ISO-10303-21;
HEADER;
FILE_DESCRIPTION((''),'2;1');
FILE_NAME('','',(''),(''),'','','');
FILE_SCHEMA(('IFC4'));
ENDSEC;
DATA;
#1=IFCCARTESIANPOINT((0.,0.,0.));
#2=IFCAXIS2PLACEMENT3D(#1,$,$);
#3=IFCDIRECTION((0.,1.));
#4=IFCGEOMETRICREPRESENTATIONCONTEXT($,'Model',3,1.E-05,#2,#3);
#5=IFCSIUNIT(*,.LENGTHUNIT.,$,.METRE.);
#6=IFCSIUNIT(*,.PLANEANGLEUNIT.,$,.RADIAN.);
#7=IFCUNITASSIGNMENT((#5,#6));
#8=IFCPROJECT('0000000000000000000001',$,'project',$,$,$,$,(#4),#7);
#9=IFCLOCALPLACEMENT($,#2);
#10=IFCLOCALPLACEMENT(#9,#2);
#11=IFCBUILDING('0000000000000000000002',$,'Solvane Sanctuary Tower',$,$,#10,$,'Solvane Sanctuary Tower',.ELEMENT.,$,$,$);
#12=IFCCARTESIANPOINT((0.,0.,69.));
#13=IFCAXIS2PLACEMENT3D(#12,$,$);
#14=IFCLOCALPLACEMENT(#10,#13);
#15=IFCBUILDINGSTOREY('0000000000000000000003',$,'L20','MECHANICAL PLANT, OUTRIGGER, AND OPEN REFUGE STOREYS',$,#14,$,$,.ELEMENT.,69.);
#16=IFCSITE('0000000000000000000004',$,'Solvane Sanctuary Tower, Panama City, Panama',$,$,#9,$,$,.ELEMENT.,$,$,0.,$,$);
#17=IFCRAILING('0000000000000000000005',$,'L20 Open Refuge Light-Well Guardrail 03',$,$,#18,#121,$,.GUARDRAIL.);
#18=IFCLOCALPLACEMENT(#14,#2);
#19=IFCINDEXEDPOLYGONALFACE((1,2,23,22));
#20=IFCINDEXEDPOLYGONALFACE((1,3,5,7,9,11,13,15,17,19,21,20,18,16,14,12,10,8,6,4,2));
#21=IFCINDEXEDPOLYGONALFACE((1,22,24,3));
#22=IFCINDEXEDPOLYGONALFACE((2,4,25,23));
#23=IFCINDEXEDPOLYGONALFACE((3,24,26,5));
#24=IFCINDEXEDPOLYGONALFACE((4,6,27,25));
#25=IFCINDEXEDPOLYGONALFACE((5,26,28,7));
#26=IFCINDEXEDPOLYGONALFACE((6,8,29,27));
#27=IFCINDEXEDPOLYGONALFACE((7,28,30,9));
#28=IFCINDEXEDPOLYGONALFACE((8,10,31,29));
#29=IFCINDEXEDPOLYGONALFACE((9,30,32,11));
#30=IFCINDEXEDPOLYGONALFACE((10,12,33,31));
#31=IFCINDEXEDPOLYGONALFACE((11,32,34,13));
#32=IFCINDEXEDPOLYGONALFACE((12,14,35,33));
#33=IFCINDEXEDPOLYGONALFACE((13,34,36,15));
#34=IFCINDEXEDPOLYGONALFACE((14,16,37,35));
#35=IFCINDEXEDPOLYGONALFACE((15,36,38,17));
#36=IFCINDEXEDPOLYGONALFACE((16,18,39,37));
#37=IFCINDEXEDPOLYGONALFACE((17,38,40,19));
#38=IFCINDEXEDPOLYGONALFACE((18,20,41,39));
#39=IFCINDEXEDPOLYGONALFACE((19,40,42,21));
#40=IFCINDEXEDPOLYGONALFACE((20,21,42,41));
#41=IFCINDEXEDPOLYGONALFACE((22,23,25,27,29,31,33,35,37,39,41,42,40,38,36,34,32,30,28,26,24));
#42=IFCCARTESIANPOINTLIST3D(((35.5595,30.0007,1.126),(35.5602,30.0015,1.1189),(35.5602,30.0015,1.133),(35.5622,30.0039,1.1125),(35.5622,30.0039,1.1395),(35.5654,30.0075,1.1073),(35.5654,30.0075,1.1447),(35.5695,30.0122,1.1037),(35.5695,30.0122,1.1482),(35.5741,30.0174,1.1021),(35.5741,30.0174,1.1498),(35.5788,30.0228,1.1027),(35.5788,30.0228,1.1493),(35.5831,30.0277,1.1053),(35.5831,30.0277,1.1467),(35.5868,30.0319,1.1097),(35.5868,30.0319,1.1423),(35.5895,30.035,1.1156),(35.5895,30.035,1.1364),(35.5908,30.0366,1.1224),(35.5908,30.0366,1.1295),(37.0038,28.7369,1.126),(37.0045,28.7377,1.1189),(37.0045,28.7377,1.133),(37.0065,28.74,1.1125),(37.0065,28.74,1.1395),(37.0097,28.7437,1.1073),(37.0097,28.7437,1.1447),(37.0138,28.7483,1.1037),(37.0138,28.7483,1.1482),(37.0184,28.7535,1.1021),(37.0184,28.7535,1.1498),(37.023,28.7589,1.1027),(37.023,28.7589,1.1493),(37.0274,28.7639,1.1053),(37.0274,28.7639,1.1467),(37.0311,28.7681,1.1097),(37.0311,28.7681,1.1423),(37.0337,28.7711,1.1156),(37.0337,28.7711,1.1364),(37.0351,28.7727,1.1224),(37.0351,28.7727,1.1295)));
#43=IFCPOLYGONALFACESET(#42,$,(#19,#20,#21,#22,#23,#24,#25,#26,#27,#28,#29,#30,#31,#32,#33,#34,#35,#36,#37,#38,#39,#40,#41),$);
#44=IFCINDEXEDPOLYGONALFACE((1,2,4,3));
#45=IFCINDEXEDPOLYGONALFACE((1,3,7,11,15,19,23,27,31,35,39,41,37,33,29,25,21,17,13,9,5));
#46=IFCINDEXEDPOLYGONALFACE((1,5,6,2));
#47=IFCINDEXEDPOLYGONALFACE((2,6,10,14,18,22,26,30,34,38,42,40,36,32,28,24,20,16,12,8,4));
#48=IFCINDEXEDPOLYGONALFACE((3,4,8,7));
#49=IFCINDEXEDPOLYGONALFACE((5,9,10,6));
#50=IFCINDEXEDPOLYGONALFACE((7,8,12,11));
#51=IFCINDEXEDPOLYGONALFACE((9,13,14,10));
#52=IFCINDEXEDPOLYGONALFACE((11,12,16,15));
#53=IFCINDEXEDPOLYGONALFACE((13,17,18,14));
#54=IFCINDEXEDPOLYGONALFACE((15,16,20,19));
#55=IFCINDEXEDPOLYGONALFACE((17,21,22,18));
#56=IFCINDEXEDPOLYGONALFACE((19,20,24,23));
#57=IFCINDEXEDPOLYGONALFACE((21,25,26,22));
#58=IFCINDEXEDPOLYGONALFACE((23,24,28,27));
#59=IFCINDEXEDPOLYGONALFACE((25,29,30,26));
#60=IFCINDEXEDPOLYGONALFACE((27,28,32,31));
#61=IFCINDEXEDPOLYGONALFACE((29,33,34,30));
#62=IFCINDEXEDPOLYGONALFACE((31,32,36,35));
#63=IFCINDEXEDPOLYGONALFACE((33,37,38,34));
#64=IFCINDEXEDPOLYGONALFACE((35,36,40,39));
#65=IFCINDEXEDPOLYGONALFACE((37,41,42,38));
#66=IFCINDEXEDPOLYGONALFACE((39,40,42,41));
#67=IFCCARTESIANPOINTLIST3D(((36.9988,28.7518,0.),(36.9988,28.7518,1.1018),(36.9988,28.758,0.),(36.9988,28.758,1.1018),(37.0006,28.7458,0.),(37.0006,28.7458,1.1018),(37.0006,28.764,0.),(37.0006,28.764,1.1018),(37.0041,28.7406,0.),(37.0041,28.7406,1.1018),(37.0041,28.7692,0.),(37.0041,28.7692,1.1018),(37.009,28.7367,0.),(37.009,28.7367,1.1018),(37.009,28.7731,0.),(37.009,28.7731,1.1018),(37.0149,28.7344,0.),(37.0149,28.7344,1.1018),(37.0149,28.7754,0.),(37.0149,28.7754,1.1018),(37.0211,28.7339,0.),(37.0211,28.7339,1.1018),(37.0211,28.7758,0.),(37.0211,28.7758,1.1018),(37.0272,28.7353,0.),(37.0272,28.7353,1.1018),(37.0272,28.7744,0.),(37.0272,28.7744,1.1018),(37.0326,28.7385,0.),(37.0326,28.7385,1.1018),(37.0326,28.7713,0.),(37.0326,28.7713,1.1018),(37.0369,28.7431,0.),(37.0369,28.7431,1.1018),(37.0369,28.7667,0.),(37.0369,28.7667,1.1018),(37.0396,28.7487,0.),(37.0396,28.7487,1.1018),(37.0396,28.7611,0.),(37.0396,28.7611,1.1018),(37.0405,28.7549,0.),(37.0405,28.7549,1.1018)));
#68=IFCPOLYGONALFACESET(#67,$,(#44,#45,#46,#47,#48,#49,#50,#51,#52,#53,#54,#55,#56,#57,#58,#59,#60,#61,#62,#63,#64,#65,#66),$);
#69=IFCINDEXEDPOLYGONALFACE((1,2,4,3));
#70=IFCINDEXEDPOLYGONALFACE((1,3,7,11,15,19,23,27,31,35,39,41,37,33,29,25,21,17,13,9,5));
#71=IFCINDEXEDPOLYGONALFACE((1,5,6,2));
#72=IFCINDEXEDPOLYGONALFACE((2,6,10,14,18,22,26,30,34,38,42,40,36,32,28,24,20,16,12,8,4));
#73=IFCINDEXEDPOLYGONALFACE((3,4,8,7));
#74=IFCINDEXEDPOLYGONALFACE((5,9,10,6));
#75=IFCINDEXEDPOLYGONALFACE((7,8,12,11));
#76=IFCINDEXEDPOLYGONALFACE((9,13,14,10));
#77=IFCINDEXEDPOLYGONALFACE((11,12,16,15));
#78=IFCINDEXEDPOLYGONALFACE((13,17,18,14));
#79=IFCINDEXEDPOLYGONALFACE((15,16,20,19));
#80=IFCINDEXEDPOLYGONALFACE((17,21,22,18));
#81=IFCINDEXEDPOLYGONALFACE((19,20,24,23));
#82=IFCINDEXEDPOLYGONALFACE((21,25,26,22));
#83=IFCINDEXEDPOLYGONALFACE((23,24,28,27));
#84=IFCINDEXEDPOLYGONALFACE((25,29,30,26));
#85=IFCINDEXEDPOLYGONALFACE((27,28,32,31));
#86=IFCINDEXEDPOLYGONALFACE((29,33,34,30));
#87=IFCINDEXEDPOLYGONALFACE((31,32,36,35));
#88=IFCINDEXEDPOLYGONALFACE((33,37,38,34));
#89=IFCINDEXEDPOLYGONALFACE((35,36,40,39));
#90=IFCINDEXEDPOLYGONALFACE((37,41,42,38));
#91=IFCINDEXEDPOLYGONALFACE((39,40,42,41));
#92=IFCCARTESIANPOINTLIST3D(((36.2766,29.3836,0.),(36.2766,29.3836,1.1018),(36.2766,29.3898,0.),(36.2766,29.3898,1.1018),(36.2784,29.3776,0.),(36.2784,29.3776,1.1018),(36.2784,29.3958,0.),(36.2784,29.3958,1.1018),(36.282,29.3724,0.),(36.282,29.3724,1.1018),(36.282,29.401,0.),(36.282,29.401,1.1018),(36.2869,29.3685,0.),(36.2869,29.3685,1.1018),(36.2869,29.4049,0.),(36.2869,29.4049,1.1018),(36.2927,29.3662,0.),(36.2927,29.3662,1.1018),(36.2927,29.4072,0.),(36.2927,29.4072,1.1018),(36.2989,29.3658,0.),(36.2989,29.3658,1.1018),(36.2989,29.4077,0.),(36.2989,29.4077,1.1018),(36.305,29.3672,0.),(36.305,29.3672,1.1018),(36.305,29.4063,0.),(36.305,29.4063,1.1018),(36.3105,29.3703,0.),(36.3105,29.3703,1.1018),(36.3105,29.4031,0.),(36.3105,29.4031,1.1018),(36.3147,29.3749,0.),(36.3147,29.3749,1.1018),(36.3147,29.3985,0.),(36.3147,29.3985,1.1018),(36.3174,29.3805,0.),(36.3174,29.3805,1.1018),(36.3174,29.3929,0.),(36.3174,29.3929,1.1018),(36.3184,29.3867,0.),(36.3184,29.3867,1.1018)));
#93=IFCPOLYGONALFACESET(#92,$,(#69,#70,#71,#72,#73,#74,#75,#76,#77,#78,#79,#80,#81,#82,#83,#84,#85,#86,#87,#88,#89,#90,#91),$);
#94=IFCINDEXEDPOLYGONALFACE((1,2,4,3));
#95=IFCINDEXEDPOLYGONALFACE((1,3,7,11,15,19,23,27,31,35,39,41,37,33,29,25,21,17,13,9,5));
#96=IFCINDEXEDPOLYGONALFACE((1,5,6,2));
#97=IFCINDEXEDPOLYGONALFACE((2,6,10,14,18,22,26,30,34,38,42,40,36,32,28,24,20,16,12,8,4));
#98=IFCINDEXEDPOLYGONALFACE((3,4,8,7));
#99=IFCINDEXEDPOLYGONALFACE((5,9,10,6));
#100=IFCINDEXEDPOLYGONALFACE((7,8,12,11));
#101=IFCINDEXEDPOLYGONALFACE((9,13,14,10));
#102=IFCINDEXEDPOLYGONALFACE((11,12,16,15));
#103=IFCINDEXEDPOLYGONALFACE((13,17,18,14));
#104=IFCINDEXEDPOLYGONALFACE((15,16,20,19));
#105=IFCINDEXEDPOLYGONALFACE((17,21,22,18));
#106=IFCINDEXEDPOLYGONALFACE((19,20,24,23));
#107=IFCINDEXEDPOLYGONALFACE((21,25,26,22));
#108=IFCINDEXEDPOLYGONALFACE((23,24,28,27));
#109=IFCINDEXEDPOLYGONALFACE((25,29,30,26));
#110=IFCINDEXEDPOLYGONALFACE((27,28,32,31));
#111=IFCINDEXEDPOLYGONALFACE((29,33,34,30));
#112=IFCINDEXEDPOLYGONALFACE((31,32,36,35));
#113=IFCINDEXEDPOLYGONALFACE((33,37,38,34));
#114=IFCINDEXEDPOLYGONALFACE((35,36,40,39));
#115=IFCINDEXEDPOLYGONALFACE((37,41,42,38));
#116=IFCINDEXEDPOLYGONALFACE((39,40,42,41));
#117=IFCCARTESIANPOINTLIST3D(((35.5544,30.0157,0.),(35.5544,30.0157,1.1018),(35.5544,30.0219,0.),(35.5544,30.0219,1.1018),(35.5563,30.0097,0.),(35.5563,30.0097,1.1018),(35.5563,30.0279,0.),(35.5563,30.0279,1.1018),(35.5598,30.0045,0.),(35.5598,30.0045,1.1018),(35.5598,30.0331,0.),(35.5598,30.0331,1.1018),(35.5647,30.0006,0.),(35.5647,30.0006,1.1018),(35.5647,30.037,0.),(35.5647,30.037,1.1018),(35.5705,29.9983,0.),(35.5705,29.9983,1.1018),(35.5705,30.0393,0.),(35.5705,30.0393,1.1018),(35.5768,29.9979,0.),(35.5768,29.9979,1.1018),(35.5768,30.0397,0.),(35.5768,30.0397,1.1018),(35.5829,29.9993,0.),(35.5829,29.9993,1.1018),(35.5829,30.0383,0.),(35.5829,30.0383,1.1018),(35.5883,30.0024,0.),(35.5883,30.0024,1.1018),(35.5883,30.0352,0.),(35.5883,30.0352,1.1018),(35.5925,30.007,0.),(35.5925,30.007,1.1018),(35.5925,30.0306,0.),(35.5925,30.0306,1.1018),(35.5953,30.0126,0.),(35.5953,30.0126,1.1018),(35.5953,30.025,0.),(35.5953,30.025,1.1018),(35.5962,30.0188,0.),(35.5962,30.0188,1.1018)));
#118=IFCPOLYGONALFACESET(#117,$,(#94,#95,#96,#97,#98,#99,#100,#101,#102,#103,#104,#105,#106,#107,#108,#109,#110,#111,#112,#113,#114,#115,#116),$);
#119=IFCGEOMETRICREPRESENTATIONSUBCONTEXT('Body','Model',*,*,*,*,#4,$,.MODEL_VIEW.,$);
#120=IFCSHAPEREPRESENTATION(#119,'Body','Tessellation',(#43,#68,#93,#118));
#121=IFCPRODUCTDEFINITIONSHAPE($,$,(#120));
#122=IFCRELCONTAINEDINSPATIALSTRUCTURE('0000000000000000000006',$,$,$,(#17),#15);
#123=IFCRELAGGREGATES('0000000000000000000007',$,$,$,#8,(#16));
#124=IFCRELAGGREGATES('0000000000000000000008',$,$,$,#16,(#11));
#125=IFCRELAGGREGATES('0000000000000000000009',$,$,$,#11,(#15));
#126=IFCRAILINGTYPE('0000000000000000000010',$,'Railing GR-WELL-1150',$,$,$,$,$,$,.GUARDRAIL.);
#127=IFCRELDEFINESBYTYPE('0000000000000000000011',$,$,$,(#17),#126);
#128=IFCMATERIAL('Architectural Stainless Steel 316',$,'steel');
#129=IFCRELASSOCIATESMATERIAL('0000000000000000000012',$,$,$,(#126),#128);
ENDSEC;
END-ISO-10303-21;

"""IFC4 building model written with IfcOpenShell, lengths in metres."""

from ifc_helpers import new_model, si_unit, direction, frame, origin, origin_2d, place, context, subcontext, project, spatial, circle, extrude, material, type_object, element, save


model = new_model("IFC4")

# Units and contexts
model_context = context("Model", 3, precision=1e-05, world=origin(), true_north=direction((0.0, 1.0)))
body_context = subcontext(model_context, "Body", "Model", "MODEL_VIEW")
ifc_project = project(units=[si_unit("LENGTHUNIT", "METRE"), si_unit("PLANEANGLEUNIT", "RADIAN")], contexts=[model_context])

# Site, building, storey
site_placement = place(None, origin())
site = spatial("IfcSite", under=ifc_project, at=site_placement, Name="Solvane Sanctuary Tower, Panama City, Panama", CompositionType="ELEMENT", RefElevation=0.0)
building_placement = place(site_placement, origin())
building = spatial("IfcBuilding", under=site, at=building_placement, Name="Solvane Sanctuary Tower", LongName="Solvane Sanctuary Tower", CompositionType="ELEMENT")
storey_placement = place(building_placement, frame((0.0, 0.0, 69.0)))
storey = spatial("IfcBuildingStorey", under=building, at=storey_placement, Name="L20", Description="MECHANICAL PLANT, OUTRIGGER, AND OPEN REFUGE STOREYS", CompositionType="ELEMENT", Elevation=69.0)

# Shared definitions
ifc_material_1 = material(Name="Architectural Stainless Steel 316", Category="steel")

# Railing
railing_type_1 = type_object("IfcRailingType", Name="Railing GR-WELL-1150", PredefinedType="GUARDRAIL", material=ifc_material_1)
railing_1_placement = place(storey_placement, frame((37.0195, 28.7549, 0.0)))
element("IfcRailing", 1, at=railing_1_placement, inside=storey, type_object=railing_type_1, Name="L20 Open Refuge Light-Well Guardrail 03", PredefinedType="GUARDRAIL", context=body_context, shape_type="SweptSolid", body=[
    extrude(circle(Radius=0.0239, at=origin_2d()), frame((0.0, 0.0, 1.126), z_axis=(-0.752545, 0.658541, 0.0), x_axis=(-0.658541, -0.752545, 0.0)), (0.0, 0.0, 1.0), 1.9192),
    extrude(circle(Radius=0.021, at=origin_2d()), origin(), (0.0, 0.0, 1.0), 1.1018),
    extrude(circle(Radius=0.021, at=origin_2d()), frame((-0.7222, 0.6318, 0.0)), (0.0, 0.0, 1.0), 1.1018),
    extrude(circle(Radius=0.021, at=origin_2d()), frame((-1.4443, 1.2639, 0.0)), (0.0, 0.0, 1.0), 1.1018),
])

save(model, "model.ifc")
